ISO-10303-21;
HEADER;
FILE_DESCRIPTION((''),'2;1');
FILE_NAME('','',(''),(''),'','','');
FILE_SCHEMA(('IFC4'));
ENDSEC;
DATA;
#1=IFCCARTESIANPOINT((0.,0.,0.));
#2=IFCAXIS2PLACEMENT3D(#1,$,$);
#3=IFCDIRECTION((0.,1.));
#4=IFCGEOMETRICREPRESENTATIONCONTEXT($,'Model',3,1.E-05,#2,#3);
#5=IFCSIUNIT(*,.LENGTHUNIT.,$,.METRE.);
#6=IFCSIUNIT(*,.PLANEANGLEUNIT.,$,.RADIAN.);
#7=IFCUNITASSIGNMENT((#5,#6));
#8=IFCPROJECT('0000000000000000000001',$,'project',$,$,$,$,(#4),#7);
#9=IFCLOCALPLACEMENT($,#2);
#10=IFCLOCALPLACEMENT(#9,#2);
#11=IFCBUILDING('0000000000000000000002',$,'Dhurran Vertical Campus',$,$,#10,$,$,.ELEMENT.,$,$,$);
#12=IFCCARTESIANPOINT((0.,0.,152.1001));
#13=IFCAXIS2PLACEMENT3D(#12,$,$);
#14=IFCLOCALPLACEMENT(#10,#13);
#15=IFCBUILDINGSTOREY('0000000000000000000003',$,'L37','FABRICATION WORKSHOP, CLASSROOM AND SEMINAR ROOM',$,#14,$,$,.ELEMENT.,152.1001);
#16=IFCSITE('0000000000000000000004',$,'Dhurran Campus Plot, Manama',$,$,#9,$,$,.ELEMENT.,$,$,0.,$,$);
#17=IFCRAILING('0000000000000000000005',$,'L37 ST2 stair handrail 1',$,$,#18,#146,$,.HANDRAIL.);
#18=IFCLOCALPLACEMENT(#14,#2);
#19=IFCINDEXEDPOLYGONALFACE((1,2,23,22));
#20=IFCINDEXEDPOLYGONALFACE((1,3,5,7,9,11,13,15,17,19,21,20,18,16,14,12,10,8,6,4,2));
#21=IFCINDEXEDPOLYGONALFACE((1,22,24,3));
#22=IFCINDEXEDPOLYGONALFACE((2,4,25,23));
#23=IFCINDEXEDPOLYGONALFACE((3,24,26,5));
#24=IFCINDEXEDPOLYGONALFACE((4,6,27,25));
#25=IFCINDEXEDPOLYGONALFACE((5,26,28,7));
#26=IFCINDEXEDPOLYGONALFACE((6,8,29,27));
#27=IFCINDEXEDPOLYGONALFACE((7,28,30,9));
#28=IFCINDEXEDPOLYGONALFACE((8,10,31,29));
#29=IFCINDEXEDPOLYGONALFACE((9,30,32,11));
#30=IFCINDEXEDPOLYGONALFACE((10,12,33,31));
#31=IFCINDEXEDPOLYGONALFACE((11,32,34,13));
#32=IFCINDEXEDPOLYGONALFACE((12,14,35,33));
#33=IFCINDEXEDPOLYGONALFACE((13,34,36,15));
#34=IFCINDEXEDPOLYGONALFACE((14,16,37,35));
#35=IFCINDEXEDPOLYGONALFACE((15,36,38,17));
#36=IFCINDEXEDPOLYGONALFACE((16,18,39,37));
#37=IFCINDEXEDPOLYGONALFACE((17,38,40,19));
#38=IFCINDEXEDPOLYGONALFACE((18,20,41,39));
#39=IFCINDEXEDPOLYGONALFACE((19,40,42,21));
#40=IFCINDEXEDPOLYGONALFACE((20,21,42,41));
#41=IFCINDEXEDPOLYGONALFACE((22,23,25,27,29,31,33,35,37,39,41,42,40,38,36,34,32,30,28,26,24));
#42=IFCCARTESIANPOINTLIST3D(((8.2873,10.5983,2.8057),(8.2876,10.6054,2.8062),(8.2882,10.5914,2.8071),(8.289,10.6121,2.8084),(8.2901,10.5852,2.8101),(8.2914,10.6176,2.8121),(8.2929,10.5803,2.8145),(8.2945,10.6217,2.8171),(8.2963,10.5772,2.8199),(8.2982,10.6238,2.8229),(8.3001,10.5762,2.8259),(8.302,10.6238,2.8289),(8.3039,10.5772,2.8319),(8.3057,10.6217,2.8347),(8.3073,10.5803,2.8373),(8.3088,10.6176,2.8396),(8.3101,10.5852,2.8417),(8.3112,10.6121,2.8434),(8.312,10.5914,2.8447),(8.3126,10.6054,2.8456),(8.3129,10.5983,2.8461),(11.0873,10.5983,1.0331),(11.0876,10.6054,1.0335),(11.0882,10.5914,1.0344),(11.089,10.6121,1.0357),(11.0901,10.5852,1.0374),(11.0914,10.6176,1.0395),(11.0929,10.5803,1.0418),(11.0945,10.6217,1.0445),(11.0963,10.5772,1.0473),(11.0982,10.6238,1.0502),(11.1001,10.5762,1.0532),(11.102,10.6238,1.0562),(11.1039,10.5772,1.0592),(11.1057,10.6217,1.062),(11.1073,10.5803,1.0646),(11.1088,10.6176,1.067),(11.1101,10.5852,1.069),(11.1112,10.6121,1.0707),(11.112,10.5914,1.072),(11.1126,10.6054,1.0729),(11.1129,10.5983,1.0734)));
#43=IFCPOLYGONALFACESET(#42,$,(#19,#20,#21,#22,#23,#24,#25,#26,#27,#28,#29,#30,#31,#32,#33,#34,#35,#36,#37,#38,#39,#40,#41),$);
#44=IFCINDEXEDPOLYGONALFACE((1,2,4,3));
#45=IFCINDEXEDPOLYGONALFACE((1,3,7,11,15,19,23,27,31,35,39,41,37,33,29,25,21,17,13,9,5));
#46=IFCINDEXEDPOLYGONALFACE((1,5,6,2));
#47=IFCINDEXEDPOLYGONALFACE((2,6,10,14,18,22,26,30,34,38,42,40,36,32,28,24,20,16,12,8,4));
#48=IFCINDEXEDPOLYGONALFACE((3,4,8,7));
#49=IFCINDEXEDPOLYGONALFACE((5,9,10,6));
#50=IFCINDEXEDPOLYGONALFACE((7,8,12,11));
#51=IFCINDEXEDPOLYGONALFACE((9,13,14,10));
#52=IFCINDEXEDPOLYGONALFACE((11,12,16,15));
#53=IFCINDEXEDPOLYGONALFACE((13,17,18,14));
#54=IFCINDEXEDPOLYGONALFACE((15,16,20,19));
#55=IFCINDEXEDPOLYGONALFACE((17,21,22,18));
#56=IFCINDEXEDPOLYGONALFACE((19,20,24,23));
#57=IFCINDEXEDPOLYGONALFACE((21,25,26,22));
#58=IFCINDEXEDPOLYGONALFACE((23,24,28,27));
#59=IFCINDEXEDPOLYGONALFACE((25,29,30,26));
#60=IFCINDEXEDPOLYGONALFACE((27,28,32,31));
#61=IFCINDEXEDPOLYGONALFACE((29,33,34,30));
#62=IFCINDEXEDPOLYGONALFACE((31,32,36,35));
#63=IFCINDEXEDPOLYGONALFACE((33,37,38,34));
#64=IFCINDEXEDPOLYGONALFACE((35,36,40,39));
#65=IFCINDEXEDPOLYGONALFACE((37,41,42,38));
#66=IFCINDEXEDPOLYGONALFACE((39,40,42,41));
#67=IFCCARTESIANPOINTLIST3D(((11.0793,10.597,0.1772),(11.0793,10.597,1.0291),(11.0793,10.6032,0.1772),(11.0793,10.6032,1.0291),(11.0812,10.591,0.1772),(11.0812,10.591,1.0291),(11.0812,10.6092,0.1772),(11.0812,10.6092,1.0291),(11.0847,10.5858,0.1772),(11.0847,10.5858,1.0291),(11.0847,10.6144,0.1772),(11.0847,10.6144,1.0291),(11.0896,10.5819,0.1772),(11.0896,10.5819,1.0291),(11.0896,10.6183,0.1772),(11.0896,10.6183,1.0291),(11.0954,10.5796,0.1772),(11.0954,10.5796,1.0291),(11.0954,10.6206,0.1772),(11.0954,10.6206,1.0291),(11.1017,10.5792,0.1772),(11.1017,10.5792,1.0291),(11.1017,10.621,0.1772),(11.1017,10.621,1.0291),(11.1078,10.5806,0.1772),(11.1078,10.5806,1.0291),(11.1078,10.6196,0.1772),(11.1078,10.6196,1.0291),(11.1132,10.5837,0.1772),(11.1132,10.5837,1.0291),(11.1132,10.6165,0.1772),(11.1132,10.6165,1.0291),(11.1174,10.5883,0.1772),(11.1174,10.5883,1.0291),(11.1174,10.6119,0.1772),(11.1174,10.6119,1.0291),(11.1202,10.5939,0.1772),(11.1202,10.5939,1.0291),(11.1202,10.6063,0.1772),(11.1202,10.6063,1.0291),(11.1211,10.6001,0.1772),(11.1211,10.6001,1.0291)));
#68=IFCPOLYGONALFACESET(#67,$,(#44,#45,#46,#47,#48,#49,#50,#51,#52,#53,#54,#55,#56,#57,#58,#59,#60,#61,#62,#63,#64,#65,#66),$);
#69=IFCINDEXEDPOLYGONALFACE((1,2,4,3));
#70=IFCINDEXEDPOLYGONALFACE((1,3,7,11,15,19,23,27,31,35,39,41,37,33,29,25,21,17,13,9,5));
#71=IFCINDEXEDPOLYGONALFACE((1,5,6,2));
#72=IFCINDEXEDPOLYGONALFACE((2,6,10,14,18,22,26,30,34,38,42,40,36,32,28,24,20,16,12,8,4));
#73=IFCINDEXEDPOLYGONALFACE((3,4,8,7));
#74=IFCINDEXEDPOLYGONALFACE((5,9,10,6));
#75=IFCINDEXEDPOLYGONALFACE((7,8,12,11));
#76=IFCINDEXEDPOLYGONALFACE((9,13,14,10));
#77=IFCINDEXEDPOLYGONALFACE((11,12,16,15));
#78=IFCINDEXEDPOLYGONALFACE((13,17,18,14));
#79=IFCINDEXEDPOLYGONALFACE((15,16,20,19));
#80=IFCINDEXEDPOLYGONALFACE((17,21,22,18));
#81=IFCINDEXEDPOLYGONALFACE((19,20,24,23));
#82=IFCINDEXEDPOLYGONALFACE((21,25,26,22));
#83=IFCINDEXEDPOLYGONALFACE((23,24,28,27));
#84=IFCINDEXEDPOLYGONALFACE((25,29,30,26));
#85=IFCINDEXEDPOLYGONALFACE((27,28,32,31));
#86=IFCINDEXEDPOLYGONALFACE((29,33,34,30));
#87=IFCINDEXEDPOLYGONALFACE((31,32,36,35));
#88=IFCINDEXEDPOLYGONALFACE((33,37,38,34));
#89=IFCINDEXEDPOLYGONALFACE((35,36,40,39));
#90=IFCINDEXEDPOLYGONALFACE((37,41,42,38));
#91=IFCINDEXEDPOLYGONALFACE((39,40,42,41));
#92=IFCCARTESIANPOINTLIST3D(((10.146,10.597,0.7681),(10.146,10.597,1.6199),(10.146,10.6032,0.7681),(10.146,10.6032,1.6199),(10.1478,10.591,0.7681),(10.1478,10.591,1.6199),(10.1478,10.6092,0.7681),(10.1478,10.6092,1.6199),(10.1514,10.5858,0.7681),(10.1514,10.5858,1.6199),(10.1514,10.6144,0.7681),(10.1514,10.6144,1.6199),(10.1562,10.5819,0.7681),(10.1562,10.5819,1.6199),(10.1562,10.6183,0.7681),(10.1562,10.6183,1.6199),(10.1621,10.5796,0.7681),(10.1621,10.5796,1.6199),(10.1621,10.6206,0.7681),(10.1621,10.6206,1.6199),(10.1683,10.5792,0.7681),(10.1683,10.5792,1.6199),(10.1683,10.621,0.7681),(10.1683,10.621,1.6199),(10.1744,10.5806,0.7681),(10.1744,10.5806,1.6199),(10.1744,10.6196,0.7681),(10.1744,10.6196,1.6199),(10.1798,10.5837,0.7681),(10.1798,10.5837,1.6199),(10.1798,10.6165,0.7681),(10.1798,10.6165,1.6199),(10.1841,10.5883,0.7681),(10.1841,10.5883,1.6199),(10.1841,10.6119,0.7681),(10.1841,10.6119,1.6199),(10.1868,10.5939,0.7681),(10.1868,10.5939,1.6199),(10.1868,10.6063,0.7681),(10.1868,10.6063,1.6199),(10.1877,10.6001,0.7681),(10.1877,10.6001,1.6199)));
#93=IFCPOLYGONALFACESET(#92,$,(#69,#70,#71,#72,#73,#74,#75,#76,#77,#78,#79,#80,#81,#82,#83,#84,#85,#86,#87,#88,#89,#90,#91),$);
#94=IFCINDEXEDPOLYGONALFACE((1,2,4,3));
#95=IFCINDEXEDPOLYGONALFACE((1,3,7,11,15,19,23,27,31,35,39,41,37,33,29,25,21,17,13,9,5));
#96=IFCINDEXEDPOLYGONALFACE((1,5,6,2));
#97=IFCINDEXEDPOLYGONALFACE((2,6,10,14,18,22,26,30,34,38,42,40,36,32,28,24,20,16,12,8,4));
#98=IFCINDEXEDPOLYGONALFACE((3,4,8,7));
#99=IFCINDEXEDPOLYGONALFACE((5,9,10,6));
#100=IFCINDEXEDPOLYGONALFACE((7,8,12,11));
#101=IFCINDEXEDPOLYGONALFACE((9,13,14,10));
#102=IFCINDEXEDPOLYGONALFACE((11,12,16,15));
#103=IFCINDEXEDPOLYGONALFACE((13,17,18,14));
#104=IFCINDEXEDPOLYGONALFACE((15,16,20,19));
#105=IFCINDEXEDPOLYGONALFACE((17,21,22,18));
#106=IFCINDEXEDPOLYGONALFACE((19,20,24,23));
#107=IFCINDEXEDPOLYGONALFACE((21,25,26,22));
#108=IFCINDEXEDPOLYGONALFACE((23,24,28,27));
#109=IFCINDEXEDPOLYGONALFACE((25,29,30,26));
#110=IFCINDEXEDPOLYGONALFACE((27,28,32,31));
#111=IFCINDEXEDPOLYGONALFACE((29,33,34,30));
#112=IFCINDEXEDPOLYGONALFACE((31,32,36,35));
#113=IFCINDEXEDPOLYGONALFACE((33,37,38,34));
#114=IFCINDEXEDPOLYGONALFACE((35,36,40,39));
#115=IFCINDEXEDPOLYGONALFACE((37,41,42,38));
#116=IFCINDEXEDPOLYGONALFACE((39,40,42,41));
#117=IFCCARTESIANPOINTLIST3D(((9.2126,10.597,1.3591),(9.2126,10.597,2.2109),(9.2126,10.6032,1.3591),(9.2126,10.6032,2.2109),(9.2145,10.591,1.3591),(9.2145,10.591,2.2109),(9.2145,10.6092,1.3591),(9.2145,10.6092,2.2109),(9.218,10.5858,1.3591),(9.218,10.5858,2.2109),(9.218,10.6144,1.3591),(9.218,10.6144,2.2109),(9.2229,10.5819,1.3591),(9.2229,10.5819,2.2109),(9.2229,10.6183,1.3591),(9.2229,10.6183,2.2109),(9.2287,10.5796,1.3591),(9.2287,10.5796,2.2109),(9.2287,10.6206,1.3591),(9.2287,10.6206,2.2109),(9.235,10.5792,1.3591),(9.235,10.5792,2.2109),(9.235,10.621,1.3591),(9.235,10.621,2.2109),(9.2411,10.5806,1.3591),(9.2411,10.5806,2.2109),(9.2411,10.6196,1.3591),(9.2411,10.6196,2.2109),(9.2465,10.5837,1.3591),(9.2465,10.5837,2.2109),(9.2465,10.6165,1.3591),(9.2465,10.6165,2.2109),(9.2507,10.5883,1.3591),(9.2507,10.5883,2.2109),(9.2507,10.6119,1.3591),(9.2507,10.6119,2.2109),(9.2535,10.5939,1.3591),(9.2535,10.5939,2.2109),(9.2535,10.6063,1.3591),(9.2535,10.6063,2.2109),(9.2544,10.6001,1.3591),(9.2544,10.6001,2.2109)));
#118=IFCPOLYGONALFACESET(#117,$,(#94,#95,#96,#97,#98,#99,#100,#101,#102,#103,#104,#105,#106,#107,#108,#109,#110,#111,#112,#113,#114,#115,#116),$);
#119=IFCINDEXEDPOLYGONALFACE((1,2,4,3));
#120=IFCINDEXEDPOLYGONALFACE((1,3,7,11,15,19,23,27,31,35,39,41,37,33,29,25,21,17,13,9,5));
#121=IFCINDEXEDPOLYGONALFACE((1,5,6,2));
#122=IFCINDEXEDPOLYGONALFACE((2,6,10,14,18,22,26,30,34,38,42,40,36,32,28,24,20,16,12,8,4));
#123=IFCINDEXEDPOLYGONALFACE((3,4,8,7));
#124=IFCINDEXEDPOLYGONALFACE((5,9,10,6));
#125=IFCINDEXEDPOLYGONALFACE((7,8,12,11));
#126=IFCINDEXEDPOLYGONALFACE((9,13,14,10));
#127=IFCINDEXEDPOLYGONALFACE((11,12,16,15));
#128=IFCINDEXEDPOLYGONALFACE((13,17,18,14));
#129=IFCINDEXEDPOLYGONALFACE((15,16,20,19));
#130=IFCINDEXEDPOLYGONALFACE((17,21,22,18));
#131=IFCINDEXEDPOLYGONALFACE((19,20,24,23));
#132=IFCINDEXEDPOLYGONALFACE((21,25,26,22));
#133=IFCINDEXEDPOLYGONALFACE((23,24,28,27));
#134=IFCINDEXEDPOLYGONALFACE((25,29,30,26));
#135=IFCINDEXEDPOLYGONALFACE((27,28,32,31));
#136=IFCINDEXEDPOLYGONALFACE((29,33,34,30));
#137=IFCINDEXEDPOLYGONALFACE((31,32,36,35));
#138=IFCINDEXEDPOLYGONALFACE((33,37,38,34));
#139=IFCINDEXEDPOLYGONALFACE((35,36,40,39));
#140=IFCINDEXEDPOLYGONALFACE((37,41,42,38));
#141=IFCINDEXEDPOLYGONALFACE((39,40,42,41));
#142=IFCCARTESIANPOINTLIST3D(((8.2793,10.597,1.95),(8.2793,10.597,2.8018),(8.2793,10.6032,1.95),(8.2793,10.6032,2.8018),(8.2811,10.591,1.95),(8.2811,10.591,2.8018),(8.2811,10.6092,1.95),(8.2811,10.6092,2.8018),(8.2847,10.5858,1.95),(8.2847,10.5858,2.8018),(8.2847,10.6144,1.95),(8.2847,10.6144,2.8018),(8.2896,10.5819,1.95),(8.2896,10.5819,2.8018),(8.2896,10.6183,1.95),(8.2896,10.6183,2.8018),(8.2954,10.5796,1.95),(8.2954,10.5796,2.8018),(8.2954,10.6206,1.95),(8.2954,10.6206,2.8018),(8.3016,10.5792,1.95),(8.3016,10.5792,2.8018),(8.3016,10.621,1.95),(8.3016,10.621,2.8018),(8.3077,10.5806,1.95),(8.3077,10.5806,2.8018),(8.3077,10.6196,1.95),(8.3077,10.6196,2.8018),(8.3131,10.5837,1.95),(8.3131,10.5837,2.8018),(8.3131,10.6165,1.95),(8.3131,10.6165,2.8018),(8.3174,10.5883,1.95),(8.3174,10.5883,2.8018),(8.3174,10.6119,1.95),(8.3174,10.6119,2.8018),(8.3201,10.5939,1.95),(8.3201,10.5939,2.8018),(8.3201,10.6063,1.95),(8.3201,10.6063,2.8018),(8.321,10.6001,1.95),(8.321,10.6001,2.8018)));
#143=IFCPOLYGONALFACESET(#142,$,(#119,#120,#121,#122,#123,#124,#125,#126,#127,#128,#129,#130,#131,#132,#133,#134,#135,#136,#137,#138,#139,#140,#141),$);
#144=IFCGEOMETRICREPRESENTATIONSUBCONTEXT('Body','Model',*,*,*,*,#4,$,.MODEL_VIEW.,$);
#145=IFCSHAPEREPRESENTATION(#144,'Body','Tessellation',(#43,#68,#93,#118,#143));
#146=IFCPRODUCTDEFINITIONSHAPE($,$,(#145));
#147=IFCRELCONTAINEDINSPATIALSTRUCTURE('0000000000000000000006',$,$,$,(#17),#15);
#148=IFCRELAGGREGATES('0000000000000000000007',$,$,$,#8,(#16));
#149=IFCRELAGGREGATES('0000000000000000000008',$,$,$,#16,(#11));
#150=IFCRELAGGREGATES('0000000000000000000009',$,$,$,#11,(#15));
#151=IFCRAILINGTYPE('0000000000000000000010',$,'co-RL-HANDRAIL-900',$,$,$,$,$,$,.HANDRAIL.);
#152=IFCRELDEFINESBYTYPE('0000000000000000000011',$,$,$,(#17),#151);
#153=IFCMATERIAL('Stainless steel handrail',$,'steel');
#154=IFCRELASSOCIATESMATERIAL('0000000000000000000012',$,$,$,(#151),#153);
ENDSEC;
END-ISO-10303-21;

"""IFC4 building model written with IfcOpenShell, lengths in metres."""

from ifc_helpers import new_model, si_unit, direction, frame, origin, origin_2d, place, context, subcontext, project, spatial, circle, extrude, material, type_object, element, save


model = new_model("IFC4")

# Units and contexts
model_context = context("Model", 3, precision=1e-05, world=origin(), true_north=direction((0.0, 1.0)))
body_context = subcontext(model_context, "Body", "Model", "MODEL_VIEW")
ifc_project = project(units=[si_unit("LENGTHUNIT", "METRE"), si_unit("PLANEANGLEUNIT", "RADIAN")], contexts=[model_context])

# Site, building, storey
site_placement = place(None, origin())
site = spatial("IfcSite", under=ifc_project, at=site_placement, Name="Dhurran Campus Plot, Manama", CompositionType="ELEMENT", RefElevation=0.0)
building_placement = place(site_placement, origin())
building = spatial("IfcBuilding", under=site, at=building_placement, Name="Dhurran Vertical Campus", CompositionType="ELEMENT")
storey_placement = place(building_placement, frame((0.0, 0.0, 152.1001)))
storey = spatial("IfcBuildingStorey", under=building, at=storey_placement, Name="L37", Description="FABRICATION WORKSHOP, CLASSROOM AND SEMINAR ROOM", CompositionType="ELEMENT", Elevation=152.1001)

# Railing
ifc_material_1 = material(Name="Stainless steel handrail", Category="steel")
railing_type_1 = type_object("IfcRailingType", Name="co-RL-HANDRAIL-900", PredefinedType="HANDRAIL", material=ifc_material_1)
railing_1_placement = place(storey_placement, frame((11.1001, 10.6001, 0.1772)))
element("IfcRailing", 1, at=railing_1_placement, inside=storey, type_object=railing_type_1, Name="L37 ST2 stair handrail 1", PredefinedType="HANDRAIL", context=body_context, shape_type="SweptSolid", body=[
    extrude(circle(Radius=0.0239, at=origin_2d()), frame((0.0, 0.0, 0.876), z_axis=(-0.844909, 0.0, 0.53491), x_axis=(0.0, -1.0, 0.0)), (0.0, 0.0, 1.0), 3.314),
    extrude(circle(Radius=0.021, at=origin_2d()), origin(), (0.0, 0.0, 1.0), 0.8518),
    extrude(circle(Radius=0.021, at=origin_2d()), frame((-0.9333, 0.0, 0.5908)), (0.0, 0.0, 1.0), 0.8518),
    extrude(circle(Radius=0.021, at=origin_2d()), frame((-1.8667, 0.0, 1.1819)), (0.0, 0.0, 1.0), 0.8518),
    extrude(circle(Radius=0.021, at=origin_2d()), frame((-2.8, 0.0, 1.7727)), (0.0, 0.0, 1.0), 0.8518),
])

save(model, "model.ifc")
